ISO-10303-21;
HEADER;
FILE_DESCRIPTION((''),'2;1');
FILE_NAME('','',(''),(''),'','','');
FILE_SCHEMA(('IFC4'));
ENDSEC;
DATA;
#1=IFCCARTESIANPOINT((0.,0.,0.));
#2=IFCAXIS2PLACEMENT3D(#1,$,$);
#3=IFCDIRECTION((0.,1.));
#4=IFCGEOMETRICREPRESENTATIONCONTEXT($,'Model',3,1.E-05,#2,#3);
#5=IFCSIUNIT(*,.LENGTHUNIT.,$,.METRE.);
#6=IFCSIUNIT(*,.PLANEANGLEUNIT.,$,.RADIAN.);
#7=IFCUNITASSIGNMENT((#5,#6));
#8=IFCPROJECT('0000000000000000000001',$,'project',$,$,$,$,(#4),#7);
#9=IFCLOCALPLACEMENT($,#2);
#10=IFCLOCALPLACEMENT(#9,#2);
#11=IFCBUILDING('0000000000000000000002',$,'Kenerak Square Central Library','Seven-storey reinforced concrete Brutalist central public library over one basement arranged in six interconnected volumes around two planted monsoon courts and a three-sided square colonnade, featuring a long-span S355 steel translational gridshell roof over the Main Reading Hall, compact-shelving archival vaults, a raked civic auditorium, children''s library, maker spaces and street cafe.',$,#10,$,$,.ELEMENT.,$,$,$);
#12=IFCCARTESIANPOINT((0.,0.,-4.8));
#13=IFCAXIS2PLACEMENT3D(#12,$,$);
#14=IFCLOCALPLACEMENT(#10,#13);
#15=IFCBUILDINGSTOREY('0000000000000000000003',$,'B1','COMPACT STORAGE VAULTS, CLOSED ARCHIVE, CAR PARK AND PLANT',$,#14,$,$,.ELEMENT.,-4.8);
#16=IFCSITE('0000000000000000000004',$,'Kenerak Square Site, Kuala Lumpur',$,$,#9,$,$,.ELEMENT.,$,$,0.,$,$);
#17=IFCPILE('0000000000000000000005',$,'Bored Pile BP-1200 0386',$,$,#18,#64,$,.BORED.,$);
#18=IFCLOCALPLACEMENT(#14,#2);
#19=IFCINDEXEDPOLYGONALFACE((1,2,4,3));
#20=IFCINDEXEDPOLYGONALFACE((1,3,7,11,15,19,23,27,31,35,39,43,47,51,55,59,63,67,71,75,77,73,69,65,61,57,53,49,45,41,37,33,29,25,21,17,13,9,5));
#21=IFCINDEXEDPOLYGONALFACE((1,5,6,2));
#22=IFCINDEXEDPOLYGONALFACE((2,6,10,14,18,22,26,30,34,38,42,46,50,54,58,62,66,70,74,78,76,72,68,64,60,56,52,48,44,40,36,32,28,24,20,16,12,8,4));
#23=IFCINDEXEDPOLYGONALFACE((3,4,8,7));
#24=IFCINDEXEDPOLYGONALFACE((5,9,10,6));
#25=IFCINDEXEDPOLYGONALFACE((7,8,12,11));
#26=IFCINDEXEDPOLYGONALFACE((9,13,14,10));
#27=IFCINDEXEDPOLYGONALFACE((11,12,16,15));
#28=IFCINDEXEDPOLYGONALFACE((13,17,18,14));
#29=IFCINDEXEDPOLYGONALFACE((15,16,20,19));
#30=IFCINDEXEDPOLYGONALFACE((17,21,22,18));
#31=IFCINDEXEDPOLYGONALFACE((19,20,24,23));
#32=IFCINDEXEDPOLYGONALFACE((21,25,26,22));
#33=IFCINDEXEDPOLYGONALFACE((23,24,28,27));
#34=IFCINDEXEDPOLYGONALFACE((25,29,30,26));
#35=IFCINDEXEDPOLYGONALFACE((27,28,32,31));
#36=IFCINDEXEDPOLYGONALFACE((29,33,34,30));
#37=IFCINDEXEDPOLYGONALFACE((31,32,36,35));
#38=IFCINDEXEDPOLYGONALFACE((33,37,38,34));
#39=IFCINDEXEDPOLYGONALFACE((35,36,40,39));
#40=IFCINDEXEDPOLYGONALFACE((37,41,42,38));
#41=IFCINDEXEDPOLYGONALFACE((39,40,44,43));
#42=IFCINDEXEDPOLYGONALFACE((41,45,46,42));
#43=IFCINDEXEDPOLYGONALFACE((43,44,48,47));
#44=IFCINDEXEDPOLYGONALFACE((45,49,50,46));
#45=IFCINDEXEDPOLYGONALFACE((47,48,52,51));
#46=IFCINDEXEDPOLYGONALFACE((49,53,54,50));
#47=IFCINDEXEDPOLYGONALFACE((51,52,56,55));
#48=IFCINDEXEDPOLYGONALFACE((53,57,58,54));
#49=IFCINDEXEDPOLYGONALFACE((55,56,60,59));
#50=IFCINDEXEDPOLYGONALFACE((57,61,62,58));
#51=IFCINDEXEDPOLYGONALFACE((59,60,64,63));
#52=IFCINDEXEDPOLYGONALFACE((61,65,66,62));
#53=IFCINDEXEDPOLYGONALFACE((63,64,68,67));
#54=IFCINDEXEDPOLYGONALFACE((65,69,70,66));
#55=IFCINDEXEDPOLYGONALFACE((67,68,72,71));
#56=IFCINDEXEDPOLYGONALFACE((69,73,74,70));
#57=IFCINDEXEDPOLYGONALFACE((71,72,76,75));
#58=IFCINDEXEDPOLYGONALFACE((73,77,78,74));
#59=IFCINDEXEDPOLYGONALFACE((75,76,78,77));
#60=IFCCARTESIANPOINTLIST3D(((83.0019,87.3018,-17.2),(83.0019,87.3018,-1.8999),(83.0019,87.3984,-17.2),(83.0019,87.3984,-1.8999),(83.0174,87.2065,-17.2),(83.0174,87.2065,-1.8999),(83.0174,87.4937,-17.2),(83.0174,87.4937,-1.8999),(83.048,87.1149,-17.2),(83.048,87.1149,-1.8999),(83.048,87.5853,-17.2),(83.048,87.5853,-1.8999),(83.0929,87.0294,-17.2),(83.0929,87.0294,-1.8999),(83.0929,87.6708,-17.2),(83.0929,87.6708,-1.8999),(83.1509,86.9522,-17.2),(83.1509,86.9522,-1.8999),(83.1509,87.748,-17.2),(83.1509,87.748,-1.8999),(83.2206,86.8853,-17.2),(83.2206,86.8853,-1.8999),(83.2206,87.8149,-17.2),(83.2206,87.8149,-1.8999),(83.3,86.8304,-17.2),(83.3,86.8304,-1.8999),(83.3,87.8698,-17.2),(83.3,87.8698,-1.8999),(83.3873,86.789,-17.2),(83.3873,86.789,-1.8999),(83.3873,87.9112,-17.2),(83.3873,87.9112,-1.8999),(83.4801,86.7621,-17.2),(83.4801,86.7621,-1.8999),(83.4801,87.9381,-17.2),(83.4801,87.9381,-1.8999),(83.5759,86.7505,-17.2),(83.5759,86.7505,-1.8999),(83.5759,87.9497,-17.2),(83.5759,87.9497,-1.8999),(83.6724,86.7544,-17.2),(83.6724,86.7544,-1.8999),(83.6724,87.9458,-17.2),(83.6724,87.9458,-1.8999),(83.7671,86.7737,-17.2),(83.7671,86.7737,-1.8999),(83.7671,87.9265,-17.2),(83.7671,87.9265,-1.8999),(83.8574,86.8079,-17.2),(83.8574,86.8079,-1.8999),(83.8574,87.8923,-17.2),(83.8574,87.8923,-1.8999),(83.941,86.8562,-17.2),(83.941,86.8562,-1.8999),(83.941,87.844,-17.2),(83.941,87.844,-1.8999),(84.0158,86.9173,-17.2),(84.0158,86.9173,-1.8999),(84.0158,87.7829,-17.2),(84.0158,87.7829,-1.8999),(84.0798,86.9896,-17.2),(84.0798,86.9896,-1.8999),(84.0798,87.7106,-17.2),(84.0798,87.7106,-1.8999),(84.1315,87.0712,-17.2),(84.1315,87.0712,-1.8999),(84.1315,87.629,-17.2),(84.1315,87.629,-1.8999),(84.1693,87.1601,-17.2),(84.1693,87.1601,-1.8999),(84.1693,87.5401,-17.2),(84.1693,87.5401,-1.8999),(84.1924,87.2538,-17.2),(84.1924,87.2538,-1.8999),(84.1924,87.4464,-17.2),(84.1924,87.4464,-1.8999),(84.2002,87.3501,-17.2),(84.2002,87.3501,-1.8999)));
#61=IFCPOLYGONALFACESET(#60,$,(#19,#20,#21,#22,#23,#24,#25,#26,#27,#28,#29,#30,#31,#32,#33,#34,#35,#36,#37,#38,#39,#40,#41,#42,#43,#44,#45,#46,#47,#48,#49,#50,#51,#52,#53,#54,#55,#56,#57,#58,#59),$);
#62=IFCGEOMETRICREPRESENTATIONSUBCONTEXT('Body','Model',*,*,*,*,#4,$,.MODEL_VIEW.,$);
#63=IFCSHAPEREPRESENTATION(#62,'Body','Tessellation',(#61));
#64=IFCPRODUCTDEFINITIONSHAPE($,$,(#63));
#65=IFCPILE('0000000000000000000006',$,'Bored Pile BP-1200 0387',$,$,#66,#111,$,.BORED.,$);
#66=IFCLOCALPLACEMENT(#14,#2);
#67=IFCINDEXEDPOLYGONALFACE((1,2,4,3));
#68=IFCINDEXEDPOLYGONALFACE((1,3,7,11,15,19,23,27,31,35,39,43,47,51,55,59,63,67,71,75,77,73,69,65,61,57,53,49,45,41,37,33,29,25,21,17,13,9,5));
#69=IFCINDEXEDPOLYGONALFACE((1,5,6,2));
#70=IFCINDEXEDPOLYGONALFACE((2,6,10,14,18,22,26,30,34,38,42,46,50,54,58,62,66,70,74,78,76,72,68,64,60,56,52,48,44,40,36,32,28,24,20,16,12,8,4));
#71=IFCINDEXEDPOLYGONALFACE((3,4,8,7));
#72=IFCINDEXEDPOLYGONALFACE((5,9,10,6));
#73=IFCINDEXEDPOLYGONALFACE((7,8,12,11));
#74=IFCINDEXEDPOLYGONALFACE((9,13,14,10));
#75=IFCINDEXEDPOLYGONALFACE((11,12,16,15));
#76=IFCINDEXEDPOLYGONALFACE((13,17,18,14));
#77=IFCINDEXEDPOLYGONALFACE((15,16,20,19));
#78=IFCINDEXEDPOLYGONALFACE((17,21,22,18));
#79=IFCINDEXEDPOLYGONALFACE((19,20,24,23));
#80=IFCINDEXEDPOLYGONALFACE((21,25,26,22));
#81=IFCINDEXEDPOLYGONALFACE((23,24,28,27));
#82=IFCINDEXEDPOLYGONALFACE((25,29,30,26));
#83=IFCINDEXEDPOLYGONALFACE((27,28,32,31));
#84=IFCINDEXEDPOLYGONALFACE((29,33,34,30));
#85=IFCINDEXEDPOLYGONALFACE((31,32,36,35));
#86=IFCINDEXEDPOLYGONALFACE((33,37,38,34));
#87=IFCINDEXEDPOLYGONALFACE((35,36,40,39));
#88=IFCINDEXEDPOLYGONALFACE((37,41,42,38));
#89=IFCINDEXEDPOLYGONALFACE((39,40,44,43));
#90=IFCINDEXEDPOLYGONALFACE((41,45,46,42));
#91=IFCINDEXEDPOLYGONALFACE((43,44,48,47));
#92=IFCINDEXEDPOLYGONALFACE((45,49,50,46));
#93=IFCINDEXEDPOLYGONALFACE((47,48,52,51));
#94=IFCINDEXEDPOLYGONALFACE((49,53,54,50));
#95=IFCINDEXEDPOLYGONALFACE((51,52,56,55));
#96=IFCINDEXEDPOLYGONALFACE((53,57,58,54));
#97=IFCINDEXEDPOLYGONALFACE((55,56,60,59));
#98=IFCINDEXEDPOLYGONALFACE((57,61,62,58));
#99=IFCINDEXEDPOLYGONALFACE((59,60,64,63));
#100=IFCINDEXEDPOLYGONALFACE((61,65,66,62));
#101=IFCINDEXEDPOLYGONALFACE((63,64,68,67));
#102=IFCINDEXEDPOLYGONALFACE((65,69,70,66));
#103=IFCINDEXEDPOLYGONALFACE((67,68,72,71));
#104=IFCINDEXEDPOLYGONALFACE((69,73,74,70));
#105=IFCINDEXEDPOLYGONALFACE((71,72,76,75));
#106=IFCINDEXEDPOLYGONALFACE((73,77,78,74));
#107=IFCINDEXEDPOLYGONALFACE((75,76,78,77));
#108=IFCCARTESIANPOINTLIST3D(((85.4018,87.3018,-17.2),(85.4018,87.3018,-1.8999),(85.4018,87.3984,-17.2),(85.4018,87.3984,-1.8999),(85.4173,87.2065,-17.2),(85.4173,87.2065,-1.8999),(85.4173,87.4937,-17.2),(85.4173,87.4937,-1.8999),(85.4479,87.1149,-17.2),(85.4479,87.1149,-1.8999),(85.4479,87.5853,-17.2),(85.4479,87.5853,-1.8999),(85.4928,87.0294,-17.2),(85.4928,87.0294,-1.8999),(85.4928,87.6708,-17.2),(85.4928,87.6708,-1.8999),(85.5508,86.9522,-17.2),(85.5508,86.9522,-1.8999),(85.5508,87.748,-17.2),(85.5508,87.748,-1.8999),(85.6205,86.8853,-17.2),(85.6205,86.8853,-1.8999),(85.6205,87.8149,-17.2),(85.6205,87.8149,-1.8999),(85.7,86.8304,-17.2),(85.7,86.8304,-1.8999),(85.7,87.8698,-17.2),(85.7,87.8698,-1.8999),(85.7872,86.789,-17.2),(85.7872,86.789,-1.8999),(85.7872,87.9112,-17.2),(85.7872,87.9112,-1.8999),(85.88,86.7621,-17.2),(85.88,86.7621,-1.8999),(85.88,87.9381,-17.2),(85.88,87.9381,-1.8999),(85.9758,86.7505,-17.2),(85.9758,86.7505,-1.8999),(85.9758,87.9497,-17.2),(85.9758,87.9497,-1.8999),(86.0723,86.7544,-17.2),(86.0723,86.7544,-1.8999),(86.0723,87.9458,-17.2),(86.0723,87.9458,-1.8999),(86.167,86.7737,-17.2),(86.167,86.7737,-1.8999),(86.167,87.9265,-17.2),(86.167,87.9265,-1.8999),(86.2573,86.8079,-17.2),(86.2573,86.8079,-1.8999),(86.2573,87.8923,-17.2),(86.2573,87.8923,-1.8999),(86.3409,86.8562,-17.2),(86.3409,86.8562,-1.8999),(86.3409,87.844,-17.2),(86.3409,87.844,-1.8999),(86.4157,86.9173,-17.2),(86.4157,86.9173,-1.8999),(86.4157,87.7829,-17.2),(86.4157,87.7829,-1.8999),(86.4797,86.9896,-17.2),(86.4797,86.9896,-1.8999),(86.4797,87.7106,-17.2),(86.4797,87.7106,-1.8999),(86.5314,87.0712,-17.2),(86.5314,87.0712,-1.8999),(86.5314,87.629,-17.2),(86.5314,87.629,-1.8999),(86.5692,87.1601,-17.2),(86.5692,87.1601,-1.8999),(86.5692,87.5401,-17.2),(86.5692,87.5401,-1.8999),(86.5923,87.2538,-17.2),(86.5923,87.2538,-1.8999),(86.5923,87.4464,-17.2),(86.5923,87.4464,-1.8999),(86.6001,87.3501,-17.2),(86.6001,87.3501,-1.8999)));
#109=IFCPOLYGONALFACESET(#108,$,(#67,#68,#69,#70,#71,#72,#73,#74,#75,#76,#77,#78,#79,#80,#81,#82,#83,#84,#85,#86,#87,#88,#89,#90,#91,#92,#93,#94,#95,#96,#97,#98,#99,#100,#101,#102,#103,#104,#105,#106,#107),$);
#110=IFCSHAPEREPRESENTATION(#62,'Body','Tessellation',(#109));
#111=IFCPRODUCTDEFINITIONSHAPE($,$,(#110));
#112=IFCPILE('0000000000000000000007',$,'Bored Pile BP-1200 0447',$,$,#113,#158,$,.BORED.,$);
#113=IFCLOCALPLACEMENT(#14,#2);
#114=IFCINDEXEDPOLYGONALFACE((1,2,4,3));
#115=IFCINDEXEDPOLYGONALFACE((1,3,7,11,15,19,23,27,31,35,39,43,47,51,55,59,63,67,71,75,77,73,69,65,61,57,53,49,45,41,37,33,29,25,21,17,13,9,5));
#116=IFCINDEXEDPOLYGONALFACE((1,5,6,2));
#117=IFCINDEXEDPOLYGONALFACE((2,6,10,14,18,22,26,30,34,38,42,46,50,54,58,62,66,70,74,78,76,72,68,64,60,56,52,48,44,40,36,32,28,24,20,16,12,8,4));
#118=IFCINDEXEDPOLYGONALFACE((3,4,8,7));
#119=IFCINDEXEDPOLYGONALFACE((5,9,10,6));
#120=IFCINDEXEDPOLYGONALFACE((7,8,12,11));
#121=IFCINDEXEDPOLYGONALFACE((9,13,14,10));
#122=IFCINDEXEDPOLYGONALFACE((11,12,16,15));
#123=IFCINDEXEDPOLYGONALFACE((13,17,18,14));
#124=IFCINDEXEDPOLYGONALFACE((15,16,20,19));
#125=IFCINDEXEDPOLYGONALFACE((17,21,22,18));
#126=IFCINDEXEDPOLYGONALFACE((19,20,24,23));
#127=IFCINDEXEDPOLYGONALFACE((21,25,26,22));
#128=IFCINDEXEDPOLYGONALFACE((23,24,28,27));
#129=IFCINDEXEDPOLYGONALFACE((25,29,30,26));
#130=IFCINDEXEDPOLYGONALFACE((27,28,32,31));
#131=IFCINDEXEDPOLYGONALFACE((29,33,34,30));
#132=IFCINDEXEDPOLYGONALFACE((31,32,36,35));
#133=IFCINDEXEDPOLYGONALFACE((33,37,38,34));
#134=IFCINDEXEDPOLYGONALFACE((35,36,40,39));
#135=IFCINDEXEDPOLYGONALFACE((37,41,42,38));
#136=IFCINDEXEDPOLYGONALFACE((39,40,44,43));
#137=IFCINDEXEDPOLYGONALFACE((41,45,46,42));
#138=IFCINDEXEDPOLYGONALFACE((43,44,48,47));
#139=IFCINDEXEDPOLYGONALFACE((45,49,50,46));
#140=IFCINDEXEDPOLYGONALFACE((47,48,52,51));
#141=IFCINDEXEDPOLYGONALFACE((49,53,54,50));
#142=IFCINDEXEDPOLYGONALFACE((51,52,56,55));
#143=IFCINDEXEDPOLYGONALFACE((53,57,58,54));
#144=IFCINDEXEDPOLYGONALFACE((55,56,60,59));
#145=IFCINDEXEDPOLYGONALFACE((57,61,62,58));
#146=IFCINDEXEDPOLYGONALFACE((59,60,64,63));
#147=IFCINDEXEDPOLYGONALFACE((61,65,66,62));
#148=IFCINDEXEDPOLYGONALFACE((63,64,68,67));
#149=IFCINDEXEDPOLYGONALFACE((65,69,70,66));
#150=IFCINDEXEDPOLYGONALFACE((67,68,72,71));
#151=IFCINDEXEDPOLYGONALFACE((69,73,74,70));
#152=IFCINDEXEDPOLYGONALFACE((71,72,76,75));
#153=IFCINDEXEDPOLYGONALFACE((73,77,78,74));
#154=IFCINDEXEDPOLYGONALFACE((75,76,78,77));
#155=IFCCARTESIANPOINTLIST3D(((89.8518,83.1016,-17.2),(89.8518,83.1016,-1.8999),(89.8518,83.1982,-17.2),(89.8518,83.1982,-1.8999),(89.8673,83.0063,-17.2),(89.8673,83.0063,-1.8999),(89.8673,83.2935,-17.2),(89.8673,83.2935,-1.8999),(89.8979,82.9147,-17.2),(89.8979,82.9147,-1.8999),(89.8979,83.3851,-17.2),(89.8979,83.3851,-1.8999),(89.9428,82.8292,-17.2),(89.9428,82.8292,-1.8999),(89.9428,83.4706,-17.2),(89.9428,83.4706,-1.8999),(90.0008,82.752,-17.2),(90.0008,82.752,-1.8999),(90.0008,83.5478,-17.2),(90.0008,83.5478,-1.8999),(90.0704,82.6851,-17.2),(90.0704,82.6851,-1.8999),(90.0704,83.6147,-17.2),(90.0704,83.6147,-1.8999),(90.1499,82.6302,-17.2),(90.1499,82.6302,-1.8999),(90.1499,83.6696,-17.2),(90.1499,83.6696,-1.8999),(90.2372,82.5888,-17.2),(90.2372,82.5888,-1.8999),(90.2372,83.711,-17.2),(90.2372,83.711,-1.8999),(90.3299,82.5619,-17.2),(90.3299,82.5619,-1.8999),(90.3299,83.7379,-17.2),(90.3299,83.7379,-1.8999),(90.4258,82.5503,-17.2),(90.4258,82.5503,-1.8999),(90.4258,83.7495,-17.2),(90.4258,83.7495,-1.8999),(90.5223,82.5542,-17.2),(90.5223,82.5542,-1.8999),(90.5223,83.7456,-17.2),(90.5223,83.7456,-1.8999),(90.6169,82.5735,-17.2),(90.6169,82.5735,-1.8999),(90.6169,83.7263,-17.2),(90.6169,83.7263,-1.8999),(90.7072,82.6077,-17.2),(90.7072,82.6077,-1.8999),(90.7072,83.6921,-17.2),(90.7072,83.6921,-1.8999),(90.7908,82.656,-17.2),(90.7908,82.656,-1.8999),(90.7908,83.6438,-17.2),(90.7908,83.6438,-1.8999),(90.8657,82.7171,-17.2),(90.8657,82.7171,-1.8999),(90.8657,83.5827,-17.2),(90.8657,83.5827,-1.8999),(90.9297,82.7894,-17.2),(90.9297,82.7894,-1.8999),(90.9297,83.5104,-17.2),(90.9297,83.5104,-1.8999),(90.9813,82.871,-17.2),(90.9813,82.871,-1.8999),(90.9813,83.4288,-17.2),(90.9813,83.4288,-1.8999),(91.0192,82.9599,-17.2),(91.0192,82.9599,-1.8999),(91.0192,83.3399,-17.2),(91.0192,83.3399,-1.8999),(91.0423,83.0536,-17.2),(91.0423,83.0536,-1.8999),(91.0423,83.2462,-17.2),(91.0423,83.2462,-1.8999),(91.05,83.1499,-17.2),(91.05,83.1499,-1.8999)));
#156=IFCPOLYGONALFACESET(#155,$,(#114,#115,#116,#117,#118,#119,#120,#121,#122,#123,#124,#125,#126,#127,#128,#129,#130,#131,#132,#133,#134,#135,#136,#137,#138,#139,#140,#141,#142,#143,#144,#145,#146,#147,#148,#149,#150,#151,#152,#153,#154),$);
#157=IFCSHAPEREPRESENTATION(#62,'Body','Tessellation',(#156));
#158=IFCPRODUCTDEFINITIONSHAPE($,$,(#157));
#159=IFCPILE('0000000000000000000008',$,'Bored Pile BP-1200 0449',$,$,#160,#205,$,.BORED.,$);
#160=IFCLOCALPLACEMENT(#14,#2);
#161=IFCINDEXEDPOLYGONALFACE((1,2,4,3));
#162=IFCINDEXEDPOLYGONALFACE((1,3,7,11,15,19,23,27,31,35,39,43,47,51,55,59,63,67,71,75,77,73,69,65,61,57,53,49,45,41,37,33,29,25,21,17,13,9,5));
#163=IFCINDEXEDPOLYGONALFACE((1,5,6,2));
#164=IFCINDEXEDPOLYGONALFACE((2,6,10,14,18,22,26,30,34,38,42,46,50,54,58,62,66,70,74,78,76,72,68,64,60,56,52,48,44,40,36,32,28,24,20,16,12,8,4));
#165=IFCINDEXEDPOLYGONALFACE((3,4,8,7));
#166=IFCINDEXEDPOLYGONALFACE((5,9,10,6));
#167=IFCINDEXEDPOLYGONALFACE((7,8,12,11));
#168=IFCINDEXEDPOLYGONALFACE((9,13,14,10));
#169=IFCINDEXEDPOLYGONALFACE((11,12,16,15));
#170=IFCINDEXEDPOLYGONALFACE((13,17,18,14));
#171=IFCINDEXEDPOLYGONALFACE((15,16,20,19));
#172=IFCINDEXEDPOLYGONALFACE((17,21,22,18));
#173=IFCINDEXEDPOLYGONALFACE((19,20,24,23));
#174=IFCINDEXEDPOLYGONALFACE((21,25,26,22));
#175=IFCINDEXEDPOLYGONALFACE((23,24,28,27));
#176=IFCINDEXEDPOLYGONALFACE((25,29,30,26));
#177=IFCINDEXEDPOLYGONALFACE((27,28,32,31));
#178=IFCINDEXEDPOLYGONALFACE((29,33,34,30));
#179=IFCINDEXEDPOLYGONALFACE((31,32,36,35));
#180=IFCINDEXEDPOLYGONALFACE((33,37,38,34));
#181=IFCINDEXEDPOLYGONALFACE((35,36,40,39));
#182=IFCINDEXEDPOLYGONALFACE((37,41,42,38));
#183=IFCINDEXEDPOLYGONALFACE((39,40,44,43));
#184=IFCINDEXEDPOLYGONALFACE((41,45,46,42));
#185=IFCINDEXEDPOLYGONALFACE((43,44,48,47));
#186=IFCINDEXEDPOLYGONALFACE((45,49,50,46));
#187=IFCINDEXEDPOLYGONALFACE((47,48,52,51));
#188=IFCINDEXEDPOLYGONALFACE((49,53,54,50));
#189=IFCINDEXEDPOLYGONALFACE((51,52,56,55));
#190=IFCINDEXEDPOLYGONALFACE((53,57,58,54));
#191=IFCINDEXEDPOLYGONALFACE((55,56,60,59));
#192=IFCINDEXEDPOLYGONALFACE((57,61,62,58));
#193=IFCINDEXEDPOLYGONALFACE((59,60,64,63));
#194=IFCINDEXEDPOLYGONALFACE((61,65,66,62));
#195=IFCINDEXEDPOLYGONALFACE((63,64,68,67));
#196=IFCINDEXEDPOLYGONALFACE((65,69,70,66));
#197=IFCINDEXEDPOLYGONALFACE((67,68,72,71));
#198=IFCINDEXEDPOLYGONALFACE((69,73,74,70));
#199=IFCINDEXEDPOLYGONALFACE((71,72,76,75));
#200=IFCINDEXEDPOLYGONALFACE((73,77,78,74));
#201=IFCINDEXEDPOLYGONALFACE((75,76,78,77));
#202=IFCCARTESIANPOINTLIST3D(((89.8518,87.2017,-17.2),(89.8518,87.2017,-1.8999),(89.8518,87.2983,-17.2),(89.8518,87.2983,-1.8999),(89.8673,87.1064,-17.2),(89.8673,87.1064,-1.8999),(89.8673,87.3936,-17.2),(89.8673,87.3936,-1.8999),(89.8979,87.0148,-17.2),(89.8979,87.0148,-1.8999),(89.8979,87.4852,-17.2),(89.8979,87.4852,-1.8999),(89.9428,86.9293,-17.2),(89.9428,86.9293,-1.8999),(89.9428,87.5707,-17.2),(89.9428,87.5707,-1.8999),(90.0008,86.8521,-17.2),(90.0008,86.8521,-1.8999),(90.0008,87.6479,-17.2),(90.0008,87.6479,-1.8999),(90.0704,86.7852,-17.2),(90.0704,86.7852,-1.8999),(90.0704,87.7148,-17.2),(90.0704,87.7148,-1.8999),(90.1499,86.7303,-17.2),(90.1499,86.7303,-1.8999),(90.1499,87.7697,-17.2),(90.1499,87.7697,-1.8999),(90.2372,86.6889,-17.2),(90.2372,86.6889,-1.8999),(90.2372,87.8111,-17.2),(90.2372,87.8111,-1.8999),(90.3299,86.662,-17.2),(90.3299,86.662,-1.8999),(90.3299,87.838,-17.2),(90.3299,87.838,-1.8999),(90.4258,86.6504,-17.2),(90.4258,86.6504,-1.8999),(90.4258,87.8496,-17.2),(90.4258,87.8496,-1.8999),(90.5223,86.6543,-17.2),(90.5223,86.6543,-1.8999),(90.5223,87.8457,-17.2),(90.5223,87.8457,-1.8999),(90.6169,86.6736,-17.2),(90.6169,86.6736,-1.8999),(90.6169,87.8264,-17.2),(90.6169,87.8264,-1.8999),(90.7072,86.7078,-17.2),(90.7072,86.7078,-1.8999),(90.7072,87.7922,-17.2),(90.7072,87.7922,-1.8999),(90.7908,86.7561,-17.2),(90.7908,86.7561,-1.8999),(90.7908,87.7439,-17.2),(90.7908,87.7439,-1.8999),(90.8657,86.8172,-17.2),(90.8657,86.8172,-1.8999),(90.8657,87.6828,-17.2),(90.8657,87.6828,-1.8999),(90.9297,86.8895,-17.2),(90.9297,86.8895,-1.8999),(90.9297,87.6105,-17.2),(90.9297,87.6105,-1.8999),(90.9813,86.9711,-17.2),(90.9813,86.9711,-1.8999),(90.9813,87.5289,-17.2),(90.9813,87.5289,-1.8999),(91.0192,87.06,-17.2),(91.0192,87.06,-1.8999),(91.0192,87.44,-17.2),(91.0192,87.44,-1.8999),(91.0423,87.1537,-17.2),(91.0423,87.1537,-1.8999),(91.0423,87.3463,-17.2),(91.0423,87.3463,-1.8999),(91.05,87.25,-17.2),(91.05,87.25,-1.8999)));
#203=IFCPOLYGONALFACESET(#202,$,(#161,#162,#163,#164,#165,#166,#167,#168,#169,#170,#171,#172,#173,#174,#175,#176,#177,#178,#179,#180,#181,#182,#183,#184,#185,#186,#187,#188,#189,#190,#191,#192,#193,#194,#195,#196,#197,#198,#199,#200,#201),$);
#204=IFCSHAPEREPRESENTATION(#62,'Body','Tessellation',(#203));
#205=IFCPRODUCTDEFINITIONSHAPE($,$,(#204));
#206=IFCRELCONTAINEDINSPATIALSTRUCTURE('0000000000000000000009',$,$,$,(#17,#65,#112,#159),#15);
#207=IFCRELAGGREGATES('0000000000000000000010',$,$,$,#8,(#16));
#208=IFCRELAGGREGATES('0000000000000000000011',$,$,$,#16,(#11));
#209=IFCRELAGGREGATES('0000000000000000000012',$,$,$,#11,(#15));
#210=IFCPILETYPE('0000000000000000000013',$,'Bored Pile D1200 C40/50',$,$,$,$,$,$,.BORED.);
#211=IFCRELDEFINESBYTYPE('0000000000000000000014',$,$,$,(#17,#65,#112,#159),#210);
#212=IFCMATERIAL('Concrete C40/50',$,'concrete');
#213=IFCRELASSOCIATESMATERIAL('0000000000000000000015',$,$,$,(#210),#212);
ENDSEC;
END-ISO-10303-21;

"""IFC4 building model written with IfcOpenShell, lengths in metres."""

from ifc_helpers import new_model, si_unit, direction, frame, origin, origin_2d, place, context, subcontext, project, spatial, circle, extrude, material, material_profile, profile_set, type_object, element, save


model = new_model("IFC4")

# Units and contexts
model_context = context("Model", 3, precision=1e-05, world=origin(), true_north=direction((0.0, 1.0)))
body_context = subcontext(model_context, "Body", "Model", "MODEL_VIEW")
ifc_project = project(units=[si_unit("LENGTHUNIT", "METRE"), si_unit("PLANEANGLEUNIT", "RADIAN")], contexts=[model_context])

# Site, building, storey
site_placement = place(None, origin())
site = spatial("IfcSite", under=ifc_project, at=site_placement, Name="Kenerak Square Site, Kuala Lumpur", CompositionType="ELEMENT", RefElevation=0.0)
building_placement = place(site_placement, origin())
building = spatial("IfcBuilding", under=site, at=building_placement, Name="Kenerak Square Central Library", Description="Seven-storey reinforced concrete Brutalist central public library over one basement arranged in six interconnected volumes around two planted monsoon courts and a three-sided square colonnade, featuring a long-span S355 steel translational gridshell roof over the Main Reading Hall, compact-shelving archival vaults, a raked civic auditorium, children's library, maker spaces and street cafe.", CompositionType="ELEMENT")
storey_placement = place(building_placement, frame((0.0, 0.0, -4.8)))
storey = spatial("IfcBuildingStorey", under=building, at=storey_placement, Name="B1", Description="COMPACT STORAGE VAULTS, CLOSED ARCHIVE, CAR PARK AND PLANT", CompositionType="ELEMENT", Elevation=-4.8)

# Piles
ifc_material_1 = material(Name="Concrete C40/50", Category="concrete")
ifc_material_profile_1 = material_profile(ifc_material_1, circle(Radius=0.6001, at=origin_2d()), Name="BP D1200")
ifc_profile_set_1 = profile_set([ifc_material_profile_1], Name="Concrete C40/50")
pile_type = type_object("IfcPileType", Name="Bored Pile D1200 C40/50", PredefinedType="BORED", material=ifc_profile_set_1)
for number, where, z_axis, x_axis, name in (
    (1, (83.6001, 87.3501, -1.8999), (0.0, 0.0, -1.0), (1.0, 0.0, 0.0), "Bored Pile BP-1200 0386"),
    (2, (86.0, 87.3501, -1.8999), (0.0, 0.0, -1.0), (1.0, 0.0, 0.0), "Bored Pile BP-1200 0387"),
    (3, (90.45, 83.1499, -1.8999), (0.0, 0.0, -1.0), (1.0, 0.0, 0.0), "Bored Pile BP-1200 0447"),
    (4, (90.45, 87.25, -1.8999), (0.0, 0.0, -1.0), (1.0, 0.0, 0.0), "Bored Pile BP-1200 0449"),
):
    element("IfcPile", number, at=place(storey_placement, frame(where, z_axis=z_axis, x_axis=x_axis)), inside=storey, type_object=pile_type, Name=name, PredefinedType="BORED", context=body_context, shape_type="SweptSolid", body=[
        extrude(circle(Radius=0.6001, at=origin_2d()), origin(), (0.0, 0.0, 1.0), 15.3),
    ])

save(model, "model.ifc")
